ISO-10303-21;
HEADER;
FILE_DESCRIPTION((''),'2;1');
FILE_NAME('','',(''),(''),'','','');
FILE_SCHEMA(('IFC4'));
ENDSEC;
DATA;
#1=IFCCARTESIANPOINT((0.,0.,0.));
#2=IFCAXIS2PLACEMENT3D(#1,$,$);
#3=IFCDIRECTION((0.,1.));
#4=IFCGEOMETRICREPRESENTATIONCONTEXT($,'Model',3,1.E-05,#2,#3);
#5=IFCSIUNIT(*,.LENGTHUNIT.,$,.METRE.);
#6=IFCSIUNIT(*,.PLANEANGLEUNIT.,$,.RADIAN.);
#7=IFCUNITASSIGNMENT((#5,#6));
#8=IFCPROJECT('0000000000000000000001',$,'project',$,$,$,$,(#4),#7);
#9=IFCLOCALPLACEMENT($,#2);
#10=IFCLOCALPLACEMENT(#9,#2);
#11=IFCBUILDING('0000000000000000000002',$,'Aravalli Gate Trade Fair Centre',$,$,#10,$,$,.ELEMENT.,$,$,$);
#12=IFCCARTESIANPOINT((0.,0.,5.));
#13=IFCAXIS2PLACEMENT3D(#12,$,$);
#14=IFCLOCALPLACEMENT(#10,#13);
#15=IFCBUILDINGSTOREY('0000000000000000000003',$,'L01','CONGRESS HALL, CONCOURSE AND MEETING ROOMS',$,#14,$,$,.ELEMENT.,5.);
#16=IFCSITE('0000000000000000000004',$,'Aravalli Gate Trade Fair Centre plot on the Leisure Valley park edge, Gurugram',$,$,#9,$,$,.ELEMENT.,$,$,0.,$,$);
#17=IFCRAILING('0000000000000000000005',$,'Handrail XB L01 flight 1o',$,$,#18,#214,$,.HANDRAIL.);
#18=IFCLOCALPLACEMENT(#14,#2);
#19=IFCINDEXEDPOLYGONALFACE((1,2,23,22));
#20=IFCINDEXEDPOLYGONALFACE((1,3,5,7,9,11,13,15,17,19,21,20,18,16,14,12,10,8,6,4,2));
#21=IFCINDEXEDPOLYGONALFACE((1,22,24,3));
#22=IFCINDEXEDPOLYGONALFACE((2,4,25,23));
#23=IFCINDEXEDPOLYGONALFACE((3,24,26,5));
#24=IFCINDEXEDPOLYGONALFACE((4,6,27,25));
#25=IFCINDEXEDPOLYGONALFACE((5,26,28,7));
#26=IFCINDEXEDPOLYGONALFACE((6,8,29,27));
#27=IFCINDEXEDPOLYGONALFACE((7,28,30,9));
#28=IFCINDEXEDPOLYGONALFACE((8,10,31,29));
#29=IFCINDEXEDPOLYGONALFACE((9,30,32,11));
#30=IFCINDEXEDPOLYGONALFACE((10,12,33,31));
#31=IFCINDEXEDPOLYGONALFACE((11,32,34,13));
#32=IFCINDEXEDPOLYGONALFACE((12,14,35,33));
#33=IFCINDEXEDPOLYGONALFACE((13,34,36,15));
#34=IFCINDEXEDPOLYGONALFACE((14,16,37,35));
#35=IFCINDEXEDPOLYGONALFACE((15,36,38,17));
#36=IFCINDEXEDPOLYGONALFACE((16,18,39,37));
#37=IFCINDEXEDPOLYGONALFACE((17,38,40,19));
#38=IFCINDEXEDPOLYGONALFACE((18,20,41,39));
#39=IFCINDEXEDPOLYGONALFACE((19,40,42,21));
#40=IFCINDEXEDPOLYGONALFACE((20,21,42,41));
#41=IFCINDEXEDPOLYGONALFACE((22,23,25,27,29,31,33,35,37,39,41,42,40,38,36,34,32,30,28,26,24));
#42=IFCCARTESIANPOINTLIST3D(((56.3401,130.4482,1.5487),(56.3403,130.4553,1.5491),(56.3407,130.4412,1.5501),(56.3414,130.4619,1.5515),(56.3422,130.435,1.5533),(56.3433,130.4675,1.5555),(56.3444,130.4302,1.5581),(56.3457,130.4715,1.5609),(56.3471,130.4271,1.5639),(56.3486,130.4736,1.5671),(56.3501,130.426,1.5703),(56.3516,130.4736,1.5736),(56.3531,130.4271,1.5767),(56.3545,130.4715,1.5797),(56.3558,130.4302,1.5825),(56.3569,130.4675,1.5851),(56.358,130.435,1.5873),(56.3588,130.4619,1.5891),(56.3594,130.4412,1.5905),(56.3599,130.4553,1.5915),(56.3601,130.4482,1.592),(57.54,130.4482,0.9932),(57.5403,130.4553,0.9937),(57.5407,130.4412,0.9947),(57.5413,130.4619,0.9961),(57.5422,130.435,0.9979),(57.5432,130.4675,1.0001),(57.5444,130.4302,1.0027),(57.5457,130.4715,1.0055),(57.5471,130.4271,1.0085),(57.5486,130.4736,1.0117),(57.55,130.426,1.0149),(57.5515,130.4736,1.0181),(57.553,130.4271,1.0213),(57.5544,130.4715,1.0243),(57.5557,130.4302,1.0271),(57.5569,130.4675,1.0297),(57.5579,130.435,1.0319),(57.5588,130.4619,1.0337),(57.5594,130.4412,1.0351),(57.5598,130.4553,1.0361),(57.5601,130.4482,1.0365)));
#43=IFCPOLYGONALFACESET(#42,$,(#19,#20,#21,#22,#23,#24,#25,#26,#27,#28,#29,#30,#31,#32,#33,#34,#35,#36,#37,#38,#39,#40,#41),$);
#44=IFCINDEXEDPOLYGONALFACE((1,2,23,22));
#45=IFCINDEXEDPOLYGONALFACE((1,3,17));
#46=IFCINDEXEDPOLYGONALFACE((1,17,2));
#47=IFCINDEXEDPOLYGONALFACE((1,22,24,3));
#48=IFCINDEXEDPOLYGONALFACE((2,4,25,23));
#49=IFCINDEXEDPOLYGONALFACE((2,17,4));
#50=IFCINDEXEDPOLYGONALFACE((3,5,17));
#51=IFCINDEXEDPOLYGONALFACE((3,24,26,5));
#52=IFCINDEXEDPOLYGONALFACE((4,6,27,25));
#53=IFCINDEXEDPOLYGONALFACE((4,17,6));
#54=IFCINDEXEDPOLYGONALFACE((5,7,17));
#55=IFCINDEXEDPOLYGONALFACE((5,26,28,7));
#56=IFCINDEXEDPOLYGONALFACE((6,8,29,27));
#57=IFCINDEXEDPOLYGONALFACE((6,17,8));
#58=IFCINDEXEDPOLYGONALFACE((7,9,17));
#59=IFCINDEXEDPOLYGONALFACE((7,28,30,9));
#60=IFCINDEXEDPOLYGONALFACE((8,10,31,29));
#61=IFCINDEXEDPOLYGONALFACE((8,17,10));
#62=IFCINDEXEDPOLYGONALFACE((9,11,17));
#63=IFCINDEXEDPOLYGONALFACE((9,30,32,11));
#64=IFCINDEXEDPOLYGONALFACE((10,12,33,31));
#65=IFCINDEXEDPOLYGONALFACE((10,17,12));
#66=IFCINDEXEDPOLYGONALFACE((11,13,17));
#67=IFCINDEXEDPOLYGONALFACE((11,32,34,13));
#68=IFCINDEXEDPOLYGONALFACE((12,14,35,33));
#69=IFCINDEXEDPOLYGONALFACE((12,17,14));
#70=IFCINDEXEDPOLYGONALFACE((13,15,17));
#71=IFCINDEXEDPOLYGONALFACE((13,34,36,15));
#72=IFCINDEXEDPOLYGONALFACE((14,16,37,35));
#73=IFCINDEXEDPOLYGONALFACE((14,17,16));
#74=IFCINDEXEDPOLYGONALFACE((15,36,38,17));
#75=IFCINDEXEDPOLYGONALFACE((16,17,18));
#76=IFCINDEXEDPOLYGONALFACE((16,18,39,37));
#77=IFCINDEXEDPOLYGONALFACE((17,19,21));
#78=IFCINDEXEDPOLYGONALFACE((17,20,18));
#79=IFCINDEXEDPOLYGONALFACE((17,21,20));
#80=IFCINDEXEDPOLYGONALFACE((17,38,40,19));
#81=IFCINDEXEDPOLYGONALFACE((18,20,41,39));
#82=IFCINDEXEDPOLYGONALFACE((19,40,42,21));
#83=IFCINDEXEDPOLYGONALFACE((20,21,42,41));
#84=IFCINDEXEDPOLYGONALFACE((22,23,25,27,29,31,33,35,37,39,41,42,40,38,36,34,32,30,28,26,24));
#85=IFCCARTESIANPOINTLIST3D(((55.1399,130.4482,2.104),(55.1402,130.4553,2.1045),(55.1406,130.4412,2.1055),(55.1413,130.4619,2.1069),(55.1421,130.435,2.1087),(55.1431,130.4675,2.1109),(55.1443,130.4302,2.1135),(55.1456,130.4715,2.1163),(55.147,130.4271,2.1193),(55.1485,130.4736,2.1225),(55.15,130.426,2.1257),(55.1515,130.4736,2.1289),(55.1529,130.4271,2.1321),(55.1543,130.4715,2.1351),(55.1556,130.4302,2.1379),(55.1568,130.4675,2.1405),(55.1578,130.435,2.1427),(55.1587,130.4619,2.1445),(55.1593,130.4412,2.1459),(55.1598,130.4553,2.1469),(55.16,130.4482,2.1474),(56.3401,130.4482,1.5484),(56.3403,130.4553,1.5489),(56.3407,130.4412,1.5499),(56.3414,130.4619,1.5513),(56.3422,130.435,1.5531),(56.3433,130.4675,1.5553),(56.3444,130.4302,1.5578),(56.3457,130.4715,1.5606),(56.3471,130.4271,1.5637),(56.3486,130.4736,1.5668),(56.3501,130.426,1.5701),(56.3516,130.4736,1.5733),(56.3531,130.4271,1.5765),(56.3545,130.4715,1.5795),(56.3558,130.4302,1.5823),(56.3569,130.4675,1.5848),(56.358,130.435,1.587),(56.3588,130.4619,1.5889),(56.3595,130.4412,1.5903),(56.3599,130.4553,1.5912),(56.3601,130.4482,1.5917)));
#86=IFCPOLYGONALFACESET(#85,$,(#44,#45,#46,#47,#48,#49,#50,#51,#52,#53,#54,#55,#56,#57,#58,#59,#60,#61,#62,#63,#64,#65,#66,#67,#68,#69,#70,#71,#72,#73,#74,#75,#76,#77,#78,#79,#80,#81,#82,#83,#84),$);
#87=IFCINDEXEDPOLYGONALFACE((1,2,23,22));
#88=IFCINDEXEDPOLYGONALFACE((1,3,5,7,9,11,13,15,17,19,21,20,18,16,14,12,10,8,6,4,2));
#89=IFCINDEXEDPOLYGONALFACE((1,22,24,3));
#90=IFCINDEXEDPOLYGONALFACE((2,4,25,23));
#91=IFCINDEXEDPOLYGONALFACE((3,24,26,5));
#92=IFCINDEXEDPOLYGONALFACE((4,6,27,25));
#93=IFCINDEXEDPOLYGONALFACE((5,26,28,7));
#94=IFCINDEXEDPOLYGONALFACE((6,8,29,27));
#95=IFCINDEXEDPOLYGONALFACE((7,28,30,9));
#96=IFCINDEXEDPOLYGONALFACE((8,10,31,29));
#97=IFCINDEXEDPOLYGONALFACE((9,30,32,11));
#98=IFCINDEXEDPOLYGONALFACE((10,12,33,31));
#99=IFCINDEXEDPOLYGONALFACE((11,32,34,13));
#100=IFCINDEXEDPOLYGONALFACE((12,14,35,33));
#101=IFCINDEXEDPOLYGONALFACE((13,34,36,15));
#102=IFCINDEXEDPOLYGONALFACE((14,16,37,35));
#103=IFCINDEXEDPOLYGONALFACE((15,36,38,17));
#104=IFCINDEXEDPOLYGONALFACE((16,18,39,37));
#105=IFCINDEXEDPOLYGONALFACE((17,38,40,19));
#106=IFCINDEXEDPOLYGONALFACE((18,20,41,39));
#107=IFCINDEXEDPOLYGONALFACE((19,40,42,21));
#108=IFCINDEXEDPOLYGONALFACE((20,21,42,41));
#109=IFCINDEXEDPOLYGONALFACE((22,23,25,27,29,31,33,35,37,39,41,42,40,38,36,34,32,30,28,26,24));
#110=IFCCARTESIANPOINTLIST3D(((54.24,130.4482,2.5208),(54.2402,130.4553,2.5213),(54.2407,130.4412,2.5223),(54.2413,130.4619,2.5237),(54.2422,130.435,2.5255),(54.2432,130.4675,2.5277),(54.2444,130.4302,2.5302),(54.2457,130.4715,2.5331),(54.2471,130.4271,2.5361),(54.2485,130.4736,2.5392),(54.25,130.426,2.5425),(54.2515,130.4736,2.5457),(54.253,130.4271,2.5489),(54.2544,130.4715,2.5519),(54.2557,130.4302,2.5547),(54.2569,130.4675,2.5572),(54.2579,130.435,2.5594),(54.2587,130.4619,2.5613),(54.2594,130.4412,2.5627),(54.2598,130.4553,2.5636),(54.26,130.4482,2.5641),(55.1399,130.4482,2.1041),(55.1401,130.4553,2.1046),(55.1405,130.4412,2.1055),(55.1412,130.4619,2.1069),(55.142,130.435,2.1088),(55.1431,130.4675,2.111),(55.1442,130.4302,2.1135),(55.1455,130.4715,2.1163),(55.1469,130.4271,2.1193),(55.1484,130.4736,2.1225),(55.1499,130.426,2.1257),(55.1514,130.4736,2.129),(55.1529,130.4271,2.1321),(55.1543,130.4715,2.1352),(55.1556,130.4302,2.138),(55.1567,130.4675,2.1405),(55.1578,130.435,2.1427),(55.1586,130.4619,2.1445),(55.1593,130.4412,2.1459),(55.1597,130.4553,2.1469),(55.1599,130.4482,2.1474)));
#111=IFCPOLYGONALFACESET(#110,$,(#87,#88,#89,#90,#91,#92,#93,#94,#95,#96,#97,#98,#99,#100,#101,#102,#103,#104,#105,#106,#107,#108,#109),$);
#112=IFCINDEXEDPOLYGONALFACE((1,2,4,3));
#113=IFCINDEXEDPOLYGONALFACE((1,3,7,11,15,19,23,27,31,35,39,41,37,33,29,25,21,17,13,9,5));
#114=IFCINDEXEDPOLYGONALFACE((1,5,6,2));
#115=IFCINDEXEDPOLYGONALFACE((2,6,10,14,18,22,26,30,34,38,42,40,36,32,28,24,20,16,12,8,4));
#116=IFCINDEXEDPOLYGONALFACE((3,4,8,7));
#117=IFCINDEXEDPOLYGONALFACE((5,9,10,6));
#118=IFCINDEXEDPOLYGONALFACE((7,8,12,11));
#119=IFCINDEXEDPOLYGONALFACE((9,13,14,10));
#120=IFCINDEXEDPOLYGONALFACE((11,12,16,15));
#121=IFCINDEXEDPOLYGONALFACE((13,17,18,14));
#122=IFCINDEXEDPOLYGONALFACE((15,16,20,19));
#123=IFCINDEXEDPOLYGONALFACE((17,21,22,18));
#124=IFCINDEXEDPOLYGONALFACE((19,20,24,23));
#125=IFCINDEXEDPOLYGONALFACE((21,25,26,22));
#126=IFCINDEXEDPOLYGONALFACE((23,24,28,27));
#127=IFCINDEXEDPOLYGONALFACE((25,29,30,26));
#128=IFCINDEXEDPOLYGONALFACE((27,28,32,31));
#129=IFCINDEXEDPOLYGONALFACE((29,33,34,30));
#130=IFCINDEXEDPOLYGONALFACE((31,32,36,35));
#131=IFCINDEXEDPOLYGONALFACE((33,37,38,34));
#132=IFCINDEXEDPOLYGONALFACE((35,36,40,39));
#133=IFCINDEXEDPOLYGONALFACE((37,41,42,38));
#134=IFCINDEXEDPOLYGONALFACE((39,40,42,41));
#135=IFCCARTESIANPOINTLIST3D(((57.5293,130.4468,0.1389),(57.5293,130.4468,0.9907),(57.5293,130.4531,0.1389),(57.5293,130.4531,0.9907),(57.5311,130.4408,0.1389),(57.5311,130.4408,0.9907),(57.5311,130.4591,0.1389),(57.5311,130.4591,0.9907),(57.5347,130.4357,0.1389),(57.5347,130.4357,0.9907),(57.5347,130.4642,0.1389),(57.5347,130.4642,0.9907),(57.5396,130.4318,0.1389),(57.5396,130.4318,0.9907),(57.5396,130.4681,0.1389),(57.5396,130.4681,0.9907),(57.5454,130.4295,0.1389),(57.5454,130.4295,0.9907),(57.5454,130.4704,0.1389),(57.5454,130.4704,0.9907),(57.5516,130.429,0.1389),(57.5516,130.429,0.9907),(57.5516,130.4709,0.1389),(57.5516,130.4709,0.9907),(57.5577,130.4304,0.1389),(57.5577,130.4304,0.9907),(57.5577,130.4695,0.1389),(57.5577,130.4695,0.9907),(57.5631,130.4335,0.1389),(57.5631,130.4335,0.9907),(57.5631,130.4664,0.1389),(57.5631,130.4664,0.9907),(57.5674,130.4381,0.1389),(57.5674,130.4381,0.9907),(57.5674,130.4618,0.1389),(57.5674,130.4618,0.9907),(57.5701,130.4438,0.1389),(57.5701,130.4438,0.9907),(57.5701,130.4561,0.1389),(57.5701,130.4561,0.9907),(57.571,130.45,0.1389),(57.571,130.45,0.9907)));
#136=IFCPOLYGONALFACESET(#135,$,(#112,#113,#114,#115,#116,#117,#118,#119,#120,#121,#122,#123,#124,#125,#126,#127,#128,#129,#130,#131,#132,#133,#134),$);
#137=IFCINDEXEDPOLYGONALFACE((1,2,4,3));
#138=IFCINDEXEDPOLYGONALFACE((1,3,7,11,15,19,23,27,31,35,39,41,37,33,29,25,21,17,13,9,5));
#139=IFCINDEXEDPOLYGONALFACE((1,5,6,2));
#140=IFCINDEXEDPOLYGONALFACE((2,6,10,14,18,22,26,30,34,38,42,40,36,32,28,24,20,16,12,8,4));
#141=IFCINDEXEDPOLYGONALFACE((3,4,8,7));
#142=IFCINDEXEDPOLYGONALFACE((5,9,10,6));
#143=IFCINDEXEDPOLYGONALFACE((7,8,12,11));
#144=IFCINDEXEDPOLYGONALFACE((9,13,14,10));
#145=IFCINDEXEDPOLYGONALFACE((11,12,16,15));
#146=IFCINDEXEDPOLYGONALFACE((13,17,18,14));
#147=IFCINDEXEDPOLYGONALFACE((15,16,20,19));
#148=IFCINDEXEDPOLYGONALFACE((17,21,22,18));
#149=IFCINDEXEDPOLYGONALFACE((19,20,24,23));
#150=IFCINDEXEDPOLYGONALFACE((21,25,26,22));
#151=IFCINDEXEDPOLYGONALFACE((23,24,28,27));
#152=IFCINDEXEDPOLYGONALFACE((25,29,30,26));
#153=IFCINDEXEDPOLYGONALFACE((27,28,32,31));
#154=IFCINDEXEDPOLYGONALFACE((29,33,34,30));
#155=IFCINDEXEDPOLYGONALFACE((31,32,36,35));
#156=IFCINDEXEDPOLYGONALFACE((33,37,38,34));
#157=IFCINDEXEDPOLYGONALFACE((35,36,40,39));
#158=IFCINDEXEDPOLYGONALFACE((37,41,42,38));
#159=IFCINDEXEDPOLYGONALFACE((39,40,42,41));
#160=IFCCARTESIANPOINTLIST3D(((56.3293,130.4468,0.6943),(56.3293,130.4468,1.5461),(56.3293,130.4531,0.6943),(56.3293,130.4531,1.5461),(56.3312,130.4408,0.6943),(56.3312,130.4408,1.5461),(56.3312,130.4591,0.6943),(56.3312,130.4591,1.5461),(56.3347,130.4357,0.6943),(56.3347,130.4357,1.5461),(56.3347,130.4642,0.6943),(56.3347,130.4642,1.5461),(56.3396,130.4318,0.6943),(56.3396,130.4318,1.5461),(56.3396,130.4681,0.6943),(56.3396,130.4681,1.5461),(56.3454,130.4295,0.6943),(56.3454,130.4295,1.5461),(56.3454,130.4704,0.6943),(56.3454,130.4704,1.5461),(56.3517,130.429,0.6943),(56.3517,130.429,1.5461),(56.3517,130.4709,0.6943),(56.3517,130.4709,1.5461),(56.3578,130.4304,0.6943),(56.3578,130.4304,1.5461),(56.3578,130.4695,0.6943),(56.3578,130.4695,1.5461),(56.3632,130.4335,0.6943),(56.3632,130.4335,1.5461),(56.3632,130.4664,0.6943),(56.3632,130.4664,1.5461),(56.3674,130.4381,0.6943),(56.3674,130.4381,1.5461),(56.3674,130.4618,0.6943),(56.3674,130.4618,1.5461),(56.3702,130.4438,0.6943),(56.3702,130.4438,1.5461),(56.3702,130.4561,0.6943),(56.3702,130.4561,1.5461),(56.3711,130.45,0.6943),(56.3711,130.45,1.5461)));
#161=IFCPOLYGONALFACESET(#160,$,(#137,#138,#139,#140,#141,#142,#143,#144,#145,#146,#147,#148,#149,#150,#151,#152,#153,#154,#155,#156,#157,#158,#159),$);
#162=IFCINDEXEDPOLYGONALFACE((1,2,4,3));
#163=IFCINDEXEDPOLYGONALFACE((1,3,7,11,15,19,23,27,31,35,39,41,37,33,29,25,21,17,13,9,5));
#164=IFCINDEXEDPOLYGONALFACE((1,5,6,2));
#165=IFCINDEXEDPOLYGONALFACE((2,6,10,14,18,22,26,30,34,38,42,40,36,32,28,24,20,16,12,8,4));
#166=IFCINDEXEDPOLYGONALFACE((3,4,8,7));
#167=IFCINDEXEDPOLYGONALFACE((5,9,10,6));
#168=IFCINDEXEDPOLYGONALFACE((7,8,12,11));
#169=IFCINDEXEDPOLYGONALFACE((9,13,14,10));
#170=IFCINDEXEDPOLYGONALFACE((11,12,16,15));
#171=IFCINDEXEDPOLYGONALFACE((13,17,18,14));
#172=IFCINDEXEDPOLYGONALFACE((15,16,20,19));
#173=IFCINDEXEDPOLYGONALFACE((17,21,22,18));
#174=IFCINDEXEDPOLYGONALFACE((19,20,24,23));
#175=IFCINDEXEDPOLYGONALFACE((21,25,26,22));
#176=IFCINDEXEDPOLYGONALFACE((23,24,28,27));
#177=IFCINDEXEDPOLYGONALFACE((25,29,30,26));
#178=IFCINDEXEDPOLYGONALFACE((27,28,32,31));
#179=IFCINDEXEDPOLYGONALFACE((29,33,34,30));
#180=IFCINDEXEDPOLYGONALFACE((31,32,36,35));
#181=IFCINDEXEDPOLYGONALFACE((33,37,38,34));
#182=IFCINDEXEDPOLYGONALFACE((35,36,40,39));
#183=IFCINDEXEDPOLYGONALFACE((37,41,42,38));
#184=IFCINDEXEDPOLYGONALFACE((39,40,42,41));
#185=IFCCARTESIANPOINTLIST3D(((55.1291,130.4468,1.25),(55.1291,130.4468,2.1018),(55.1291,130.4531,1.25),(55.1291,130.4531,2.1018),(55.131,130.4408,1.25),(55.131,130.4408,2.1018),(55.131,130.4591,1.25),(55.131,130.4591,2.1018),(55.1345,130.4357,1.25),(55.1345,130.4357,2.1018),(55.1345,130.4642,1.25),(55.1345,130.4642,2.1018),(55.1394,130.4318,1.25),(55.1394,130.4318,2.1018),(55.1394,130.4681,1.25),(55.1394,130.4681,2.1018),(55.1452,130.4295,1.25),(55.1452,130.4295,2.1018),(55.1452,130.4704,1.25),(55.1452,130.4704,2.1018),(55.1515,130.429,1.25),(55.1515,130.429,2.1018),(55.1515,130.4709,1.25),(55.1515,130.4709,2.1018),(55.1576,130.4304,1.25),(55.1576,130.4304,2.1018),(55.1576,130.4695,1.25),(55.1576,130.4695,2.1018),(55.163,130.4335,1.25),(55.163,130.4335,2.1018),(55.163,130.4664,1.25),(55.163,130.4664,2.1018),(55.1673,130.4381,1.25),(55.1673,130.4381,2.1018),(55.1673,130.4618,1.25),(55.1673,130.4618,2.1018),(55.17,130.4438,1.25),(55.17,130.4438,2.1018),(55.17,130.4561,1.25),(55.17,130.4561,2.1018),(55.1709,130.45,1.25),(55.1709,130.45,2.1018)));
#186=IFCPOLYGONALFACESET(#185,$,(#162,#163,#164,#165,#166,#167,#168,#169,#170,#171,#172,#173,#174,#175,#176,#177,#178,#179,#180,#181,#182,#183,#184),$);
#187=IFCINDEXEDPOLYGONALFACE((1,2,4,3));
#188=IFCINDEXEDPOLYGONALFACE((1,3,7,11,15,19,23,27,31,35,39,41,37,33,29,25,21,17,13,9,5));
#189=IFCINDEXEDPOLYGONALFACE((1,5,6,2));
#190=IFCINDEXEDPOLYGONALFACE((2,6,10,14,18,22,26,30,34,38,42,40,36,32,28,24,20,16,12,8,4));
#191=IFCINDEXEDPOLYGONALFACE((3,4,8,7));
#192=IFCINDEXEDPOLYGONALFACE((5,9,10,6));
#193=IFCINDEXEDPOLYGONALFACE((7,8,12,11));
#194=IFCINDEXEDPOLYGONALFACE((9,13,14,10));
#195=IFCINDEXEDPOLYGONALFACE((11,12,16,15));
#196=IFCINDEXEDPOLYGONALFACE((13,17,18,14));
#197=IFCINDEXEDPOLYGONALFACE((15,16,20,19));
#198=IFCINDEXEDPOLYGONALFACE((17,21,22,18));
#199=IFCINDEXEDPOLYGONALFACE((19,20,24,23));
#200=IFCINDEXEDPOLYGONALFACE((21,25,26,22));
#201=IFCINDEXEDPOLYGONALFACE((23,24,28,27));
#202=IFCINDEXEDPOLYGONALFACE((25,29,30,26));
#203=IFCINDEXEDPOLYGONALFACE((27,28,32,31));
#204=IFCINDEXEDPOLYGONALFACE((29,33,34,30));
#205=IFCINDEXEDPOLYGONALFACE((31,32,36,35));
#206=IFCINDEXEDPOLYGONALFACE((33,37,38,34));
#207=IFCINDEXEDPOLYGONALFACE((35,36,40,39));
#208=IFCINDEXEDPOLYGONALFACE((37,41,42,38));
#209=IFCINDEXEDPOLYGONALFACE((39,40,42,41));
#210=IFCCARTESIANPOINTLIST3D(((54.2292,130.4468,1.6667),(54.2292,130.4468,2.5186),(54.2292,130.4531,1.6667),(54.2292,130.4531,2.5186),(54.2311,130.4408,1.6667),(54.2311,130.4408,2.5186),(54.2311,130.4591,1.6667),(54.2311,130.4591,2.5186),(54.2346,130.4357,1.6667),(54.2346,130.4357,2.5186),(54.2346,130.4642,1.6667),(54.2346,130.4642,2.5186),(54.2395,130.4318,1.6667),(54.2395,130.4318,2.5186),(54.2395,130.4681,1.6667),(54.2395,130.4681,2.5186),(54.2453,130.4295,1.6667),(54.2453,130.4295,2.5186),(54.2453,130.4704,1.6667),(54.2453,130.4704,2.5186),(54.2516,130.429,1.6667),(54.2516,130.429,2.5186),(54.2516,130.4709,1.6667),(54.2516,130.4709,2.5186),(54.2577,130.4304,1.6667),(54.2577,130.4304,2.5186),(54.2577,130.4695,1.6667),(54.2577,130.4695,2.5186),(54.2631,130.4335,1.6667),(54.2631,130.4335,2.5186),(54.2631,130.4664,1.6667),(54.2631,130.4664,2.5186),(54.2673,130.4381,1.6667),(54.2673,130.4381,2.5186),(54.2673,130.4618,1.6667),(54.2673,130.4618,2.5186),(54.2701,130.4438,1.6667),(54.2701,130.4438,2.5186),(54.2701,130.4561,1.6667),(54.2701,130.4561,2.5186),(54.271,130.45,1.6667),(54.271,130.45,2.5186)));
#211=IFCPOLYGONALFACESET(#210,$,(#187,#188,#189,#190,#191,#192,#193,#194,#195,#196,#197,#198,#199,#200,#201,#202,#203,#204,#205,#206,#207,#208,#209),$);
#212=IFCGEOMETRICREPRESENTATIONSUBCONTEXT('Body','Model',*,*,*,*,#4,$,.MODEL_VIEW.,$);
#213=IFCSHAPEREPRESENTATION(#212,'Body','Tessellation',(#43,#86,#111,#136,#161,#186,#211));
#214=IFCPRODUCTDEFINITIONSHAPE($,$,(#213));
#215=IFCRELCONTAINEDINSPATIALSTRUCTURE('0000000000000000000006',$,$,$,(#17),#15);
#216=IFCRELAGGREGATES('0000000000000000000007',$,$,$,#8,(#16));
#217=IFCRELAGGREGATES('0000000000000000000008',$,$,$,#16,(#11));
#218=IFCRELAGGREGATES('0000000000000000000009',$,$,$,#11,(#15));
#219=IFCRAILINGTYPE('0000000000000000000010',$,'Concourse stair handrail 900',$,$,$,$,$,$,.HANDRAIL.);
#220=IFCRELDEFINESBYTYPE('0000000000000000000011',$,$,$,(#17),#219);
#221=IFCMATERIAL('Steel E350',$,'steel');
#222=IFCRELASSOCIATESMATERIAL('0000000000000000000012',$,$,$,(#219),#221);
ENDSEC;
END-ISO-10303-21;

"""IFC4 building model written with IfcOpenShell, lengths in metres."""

from ifc_helpers import new_model, si_unit, direction, frame, origin, origin_2d, place, context, subcontext, project, spatial, circle, extrude, material, type_object, element, save


model = new_model("IFC4")

# Units and contexts
model_context = context("Model", 3, precision=1e-05, world=origin(), true_north=direction((0.0, 1.0)))
body_context = subcontext(model_context, "Body", "Model", "MODEL_VIEW")
ifc_project = project(units=[si_unit("LENGTHUNIT", "METRE"), si_unit("PLANEANGLEUNIT", "RADIAN")], contexts=[model_context])

# Site, building, storey
site_placement = place(None, origin())
site = spatial("IfcSite", under=ifc_project, at=site_placement, Name="Aravalli Gate Trade Fair Centre plot on the Leisure Valley park edge, Gurugram", CompositionType="ELEMENT", RefElevation=0.0)
building_placement = place(site_placement, origin())
building = spatial("IfcBuilding", under=site, at=building_placement, Name="Aravalli Gate Trade Fair Centre", CompositionType="ELEMENT")
storey_placement = place(building_placement, frame((0.0, 0.0, 5.0)))
storey = spatial("IfcBuildingStorey", under=building, at=storey_placement, Name="L01", Description="CONGRESS HALL, CONCOURSE AND MEETING ROOMS", CompositionType="ELEMENT", Elevation=5.0)

# Shared definitions
ifc_material_1 = material(Name="Steel E350", Category="steel")

# Railing
railing_type = type_object("IfcRailingType", Name="Concourse stair handrail 900", PredefinedType="HANDRAIL", material=ifc_material_1)
for number, where, name in (
    (1, (57.55, 130.45, 0.1389), "Handrail XB L01 flight 1o"),
):
    element("IfcRailing", number, at=place(storey_placement, frame(where)), inside=storey, type_object=railing_type, Name=name, PredefinedType="HANDRAIL", context=body_context, shape_type="SweptSolid", body=[
        extrude(circle(Radius=0.0239, at=origin_2d()), frame((0.0, 0.0, 0.876), z_axis=(-0.907499, 0.0, 0.420053), x_axis=(0.0, -1.0, 0.0)), (0.0, 0.0, 1.0), 1.3223),
        extrude(circle(Radius=0.0239, at=origin_2d()), frame((-1.2, 0.0, 1.4312), z_axis=(-0.907462, 0.0, 0.420135), x_axis=(0.0, -1.0, 0.0)), (0.0, 0.0, 1.0), 1.3225),
        extrude(circle(Radius=0.0239, at=origin_2d()), frame((-2.4001, 0.0, 1.9868), z_axis=(-0.907418, 0.0, 0.420229), x_axis=(0.0, -1.0, 0.0)), (0.0, 0.0, 1.0), 0.9917),
        extrude(circle(Radius=0.021, at=origin_2d()), origin(), (0.0, 0.0, 1.0), 0.8518),
        extrude(circle(Radius=0.021, at=origin_2d()), frame((-1.2, 0.0, 0.5554)), (0.0, 0.0, 1.0), 0.8518),
        extrude(circle(Radius=0.021, at=origin_2d()), frame((-2.4001, 0.0, 1.1111)), (0.0, 0.0, 1.0), 0.8518),
        extrude(circle(Radius=0.021, at=origin_2d()), frame((-3.3, 0.0, 1.5278)), (0.0, 0.0, 1.0), 0.8518),
    ])

save(model, "model.ifc")
